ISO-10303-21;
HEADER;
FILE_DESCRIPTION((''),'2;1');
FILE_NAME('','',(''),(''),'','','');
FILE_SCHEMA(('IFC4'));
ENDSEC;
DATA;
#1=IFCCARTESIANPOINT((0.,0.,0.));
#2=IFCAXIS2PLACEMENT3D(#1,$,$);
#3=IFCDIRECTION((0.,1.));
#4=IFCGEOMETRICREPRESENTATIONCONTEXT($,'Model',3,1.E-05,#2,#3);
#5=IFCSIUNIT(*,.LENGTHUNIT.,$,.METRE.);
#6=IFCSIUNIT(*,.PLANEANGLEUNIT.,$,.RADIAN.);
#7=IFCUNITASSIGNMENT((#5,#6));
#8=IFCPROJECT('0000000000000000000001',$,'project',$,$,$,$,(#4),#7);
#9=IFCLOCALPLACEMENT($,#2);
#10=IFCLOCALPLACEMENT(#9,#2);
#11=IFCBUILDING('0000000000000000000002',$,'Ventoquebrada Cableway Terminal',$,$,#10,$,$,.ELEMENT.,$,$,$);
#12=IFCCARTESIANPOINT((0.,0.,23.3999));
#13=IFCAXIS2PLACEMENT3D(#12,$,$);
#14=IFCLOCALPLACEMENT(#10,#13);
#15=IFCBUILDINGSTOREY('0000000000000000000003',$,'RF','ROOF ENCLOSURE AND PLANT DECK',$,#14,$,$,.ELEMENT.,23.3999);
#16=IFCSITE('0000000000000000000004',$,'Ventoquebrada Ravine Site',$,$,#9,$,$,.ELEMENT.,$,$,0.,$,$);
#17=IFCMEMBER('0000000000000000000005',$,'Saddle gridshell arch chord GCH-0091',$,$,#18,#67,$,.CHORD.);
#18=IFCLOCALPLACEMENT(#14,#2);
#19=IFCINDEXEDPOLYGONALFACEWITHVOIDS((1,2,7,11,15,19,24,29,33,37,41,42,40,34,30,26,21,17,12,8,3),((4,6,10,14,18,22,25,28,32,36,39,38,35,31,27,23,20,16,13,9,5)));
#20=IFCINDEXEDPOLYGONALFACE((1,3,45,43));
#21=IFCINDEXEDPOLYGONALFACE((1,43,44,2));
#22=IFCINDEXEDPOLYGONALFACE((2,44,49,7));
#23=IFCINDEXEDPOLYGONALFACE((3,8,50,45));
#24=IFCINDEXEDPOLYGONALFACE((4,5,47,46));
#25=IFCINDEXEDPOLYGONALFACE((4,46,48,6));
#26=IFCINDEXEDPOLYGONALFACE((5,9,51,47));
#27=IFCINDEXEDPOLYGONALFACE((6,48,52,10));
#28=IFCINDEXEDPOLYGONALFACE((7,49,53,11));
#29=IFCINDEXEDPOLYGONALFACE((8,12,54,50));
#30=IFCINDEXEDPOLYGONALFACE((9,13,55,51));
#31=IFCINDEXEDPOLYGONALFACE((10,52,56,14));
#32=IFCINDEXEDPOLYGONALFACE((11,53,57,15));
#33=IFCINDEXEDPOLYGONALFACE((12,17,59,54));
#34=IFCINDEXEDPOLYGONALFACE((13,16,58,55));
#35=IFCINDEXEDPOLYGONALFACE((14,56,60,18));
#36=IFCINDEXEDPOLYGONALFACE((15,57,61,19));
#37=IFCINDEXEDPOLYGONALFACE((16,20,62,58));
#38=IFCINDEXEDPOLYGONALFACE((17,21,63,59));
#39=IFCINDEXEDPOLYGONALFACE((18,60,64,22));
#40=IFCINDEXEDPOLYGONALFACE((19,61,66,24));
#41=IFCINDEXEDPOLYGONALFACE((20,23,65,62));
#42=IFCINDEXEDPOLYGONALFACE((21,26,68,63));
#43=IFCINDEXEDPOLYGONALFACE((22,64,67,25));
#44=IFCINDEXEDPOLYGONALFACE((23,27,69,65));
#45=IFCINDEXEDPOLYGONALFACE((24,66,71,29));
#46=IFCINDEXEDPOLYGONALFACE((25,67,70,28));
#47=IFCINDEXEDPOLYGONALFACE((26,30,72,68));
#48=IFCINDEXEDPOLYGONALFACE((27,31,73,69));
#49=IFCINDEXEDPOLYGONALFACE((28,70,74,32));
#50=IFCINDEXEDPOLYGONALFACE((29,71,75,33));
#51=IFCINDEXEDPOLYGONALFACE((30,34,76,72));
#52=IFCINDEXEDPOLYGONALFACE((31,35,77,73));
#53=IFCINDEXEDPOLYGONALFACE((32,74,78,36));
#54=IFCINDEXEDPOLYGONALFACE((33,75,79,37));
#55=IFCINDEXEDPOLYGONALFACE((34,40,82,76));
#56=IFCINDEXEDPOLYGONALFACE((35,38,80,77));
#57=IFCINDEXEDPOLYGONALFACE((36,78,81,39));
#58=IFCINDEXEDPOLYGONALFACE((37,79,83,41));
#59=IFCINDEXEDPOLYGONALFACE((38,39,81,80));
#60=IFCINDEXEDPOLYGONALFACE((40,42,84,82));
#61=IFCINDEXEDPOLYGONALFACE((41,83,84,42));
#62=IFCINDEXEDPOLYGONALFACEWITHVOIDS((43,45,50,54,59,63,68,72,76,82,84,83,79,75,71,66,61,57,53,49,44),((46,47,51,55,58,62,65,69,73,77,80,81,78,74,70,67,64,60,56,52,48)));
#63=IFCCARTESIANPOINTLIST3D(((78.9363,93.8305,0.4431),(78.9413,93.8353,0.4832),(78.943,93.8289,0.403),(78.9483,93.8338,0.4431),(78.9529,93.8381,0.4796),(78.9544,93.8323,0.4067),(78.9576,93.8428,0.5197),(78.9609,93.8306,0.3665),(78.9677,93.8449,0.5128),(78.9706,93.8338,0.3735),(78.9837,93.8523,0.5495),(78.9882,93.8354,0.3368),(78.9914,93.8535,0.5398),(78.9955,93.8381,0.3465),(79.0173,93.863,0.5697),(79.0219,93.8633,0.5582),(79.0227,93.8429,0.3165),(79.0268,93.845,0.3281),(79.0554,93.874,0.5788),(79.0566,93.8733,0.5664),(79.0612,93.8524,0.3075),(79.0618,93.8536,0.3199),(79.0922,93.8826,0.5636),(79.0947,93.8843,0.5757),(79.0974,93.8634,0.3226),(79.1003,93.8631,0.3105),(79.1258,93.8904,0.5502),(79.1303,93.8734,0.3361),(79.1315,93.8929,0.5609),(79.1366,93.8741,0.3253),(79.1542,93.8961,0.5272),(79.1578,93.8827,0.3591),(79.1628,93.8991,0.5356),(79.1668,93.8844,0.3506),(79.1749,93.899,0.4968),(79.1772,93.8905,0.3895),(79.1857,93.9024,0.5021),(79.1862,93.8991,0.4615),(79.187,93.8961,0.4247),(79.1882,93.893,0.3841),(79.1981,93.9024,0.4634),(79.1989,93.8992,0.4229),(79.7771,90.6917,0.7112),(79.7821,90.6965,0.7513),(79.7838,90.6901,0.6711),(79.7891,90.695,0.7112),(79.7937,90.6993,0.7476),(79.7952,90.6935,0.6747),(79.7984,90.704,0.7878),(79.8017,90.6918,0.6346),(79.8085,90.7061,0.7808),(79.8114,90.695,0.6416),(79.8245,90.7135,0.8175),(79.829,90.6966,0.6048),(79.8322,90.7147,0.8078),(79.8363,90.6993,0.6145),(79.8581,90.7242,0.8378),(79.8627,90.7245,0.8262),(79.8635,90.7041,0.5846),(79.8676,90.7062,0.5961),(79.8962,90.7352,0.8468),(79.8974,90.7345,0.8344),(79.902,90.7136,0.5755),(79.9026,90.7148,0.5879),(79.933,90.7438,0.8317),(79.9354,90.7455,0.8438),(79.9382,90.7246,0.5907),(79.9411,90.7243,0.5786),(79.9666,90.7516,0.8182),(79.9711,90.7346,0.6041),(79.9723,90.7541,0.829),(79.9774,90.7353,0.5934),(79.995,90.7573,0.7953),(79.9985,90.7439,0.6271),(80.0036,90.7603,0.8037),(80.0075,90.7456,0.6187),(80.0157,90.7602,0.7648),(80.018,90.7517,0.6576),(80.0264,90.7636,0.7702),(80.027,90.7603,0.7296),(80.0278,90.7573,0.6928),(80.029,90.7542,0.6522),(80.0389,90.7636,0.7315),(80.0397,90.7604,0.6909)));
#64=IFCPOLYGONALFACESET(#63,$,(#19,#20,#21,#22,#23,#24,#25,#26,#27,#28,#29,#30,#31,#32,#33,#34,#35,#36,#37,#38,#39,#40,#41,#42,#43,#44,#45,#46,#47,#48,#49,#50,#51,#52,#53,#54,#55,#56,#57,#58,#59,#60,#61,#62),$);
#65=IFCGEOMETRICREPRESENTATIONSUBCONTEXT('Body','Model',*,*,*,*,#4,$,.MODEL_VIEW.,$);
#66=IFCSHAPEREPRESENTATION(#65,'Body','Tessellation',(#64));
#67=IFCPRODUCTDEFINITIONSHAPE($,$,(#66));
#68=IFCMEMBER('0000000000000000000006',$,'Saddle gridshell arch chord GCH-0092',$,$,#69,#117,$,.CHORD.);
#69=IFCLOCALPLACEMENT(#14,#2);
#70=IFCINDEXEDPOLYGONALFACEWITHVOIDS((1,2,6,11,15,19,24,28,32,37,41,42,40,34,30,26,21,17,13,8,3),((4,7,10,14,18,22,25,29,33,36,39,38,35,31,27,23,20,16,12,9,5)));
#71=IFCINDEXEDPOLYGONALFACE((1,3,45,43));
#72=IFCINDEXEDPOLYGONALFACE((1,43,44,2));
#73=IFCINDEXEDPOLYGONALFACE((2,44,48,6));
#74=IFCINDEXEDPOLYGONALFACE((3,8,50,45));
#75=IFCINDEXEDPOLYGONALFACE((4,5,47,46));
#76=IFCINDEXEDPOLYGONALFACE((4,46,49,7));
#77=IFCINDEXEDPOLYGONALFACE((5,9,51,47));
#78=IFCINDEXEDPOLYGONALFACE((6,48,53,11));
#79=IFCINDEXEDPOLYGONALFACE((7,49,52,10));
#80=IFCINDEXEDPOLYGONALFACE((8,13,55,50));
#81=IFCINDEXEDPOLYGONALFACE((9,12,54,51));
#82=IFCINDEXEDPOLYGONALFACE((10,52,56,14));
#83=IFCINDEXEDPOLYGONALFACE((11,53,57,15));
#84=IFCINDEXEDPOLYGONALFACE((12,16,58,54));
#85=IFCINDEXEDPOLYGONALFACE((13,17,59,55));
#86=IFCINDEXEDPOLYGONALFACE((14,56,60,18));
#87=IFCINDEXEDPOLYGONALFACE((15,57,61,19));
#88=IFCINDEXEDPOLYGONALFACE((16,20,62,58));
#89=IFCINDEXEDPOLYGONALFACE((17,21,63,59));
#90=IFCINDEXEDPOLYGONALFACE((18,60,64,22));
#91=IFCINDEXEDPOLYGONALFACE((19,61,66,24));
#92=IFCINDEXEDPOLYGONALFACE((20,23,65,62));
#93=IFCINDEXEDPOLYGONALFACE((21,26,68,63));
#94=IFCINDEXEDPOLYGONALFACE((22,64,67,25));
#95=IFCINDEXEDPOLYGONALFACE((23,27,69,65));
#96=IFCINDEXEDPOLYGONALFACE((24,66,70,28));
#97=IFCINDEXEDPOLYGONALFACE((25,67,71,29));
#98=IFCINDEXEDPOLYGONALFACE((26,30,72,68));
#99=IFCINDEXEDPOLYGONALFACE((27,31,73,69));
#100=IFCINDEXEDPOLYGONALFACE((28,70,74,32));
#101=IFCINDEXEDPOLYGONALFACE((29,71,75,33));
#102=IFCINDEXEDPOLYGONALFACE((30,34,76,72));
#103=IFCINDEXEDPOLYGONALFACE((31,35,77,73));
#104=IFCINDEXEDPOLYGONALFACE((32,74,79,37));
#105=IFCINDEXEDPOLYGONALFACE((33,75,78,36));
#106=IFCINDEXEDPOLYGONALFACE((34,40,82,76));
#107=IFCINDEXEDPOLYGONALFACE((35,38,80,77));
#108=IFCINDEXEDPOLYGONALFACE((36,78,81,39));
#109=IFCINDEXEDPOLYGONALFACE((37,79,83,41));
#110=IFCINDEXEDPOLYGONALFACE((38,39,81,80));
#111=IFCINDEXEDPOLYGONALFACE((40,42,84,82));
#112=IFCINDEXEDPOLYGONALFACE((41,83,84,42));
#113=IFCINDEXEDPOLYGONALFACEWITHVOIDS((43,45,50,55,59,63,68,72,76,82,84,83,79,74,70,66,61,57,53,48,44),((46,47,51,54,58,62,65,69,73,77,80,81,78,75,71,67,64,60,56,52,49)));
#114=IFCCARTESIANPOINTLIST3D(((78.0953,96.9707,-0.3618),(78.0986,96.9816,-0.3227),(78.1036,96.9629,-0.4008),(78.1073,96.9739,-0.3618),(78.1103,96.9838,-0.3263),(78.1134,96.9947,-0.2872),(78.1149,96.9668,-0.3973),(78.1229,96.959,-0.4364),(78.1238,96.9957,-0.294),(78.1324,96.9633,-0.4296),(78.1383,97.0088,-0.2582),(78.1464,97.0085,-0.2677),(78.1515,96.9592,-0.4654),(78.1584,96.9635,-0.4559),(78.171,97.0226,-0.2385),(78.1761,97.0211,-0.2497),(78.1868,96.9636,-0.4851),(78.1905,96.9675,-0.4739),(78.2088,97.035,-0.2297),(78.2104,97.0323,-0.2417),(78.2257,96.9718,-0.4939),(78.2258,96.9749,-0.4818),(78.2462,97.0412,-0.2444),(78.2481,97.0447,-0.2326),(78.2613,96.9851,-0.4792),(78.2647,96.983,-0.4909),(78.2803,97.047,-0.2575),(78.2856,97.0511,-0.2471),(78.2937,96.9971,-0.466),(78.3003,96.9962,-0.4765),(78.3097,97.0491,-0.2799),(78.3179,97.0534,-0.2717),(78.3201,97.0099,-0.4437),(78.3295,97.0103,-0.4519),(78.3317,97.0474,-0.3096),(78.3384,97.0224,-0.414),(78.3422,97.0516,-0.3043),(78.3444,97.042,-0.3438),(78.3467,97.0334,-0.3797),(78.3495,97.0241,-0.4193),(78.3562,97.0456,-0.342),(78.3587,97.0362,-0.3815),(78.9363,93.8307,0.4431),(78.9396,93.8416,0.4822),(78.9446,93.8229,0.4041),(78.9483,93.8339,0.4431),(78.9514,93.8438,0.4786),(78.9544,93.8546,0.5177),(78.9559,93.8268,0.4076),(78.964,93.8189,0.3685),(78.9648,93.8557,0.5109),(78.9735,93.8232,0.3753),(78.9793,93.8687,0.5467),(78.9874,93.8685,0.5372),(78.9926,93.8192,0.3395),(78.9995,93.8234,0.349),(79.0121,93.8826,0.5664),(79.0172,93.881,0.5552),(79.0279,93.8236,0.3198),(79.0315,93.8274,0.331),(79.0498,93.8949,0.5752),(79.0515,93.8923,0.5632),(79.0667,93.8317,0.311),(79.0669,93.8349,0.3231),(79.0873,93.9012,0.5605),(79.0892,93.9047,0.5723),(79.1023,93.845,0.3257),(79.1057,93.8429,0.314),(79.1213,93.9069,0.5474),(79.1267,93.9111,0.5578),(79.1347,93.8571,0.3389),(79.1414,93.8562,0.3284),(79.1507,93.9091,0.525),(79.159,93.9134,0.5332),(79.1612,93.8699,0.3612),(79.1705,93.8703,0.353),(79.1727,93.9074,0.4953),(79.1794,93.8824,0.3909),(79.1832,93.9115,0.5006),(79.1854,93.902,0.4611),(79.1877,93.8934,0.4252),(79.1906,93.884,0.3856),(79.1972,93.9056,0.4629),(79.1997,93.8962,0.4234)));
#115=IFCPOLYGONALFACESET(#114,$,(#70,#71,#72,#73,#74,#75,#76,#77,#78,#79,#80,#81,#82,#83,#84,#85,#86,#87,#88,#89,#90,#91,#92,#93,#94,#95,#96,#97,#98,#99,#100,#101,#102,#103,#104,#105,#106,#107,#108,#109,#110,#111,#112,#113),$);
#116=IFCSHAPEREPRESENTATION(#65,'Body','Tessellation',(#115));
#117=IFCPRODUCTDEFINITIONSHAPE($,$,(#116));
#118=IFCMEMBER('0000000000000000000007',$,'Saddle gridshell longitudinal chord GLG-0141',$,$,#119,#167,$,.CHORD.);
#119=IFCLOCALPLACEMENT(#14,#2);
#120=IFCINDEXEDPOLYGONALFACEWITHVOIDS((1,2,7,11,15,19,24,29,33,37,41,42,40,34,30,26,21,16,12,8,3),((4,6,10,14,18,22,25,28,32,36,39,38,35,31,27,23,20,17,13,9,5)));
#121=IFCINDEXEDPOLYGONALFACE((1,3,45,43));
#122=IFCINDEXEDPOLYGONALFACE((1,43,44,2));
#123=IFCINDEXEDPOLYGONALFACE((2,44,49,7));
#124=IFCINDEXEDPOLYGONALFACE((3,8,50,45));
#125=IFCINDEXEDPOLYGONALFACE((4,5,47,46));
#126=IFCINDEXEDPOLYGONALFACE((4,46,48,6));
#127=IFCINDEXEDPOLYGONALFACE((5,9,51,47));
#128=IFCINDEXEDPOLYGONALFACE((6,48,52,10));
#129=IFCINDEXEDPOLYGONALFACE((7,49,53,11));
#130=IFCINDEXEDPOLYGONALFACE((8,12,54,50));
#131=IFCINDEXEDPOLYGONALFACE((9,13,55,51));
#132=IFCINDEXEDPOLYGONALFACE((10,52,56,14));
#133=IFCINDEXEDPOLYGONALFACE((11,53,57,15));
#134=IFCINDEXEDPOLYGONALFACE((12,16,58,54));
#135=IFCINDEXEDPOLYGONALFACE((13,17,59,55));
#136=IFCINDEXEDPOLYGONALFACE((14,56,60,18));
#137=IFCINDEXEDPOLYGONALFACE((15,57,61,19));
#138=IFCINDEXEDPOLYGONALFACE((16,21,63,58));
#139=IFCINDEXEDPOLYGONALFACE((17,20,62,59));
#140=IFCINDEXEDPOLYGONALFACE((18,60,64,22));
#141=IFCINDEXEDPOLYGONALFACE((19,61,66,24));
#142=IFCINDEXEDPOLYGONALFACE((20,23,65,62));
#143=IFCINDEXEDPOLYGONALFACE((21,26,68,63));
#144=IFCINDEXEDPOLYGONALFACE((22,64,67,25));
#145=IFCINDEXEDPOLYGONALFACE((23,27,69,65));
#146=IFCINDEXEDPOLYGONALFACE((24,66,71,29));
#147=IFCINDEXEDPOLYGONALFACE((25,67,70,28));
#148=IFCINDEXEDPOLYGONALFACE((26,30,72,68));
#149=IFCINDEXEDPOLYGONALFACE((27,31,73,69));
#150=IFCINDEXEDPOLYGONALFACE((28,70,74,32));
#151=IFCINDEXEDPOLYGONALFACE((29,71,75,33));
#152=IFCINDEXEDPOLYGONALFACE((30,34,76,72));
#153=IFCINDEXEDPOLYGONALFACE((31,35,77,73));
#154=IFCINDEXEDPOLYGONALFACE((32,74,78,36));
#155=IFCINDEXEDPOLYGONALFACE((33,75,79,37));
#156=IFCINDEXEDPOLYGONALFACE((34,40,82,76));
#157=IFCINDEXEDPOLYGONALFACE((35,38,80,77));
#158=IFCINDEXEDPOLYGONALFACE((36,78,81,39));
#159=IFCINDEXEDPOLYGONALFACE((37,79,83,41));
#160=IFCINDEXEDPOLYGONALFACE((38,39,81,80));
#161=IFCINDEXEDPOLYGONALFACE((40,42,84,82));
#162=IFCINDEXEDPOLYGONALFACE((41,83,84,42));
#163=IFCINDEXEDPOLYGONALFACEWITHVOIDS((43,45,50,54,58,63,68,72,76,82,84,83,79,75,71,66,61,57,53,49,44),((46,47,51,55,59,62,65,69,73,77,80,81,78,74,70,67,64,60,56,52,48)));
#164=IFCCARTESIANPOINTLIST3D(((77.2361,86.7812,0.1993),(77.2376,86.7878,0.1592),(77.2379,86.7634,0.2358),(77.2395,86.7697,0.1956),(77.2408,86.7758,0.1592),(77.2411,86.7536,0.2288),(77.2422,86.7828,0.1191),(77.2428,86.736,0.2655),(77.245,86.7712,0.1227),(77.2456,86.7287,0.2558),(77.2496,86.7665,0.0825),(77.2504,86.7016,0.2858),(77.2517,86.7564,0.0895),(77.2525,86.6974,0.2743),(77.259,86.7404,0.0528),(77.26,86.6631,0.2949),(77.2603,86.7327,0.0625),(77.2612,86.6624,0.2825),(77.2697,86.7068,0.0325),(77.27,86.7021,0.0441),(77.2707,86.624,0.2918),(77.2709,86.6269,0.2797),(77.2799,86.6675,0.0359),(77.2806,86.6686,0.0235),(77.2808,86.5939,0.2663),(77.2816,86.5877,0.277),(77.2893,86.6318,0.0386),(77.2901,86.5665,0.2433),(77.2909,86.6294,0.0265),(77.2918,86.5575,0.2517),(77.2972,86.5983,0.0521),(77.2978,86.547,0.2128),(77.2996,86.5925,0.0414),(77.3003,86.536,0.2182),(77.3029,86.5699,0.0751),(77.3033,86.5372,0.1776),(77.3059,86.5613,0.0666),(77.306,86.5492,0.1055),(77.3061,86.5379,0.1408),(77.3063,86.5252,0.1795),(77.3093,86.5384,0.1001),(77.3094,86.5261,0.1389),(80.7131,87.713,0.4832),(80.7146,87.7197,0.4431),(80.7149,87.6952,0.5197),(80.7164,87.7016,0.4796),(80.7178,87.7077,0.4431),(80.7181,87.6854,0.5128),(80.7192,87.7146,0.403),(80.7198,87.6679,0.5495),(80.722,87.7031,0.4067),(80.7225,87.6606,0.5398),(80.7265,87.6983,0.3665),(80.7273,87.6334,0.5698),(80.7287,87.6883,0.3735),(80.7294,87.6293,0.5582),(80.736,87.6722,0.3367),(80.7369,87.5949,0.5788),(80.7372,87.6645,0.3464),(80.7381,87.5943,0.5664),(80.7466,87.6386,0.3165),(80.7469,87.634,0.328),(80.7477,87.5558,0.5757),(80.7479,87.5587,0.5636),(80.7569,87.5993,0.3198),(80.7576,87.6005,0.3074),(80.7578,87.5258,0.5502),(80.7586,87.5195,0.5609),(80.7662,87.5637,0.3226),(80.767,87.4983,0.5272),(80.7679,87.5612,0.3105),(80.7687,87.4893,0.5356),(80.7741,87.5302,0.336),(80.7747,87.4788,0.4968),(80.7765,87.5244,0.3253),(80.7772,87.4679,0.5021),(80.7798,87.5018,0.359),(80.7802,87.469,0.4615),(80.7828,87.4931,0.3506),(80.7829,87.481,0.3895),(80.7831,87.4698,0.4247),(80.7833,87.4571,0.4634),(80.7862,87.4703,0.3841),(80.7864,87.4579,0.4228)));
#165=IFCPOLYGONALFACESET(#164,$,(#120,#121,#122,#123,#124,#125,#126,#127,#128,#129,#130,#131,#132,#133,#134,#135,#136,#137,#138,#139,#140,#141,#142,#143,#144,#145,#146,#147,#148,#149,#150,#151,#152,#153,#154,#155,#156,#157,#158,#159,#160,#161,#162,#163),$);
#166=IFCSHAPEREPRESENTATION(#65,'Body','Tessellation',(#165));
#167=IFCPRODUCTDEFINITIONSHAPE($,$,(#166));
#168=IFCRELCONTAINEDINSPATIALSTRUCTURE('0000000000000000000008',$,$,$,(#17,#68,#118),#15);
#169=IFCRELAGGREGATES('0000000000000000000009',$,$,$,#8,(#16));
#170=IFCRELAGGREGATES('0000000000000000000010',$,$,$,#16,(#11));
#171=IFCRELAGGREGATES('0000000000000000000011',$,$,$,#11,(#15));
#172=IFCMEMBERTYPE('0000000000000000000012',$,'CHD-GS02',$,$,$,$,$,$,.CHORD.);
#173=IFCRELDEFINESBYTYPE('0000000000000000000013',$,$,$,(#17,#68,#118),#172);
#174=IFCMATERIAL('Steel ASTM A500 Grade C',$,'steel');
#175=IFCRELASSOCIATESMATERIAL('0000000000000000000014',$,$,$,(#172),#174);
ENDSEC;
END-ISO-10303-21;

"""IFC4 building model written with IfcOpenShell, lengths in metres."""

from ifc_helpers import new_model, si_unit, direction, frame, origin, origin_2d, place, context, subcontext, project, spatial, hollow_circle, extrude, material, material_profile, profile_set, type_object, element, save


model = new_model("IFC4")

# Units and contexts
model_context = context("Model", 3, precision=1e-05, world=origin(), true_north=direction((0.0, 1.0)))
body_context = subcontext(model_context, "Body", "Model", "MODEL_VIEW")
ifc_project = project(units=[si_unit("LENGTHUNIT", "METRE"), si_unit("PLANEANGLEUNIT", "RADIAN")], contexts=[model_context])

# Site, building, storey
site_placement = place(None, origin())
site = spatial("IfcSite", under=ifc_project, at=site_placement, Name="Ventoquebrada Ravine Site", CompositionType="ELEMENT", RefElevation=0.0)
building_placement = place(site_placement, origin())
building = spatial("IfcBuilding", under=site, at=building_placement, Name="Ventoquebrada Cableway Terminal", CompositionType="ELEMENT")
storey_placement = place(building_placement, frame((0.0, 0.0, 23.3999)))
storey = spatial("IfcBuildingStorey", under=building, at=storey_placement, Name="RF", Description="ROOF ENCLOSURE AND PLANT DECK", CompositionType="ELEMENT", Elevation=23.3999)

# Members
ifc_material_1 = material(Name="Steel ASTM A500 Grade C", Category="steel")
ifc_material_profile_1 = material_profile(ifc_material_1, hollow_circle(Radius=0.1365, WallThickness=0.0125, at=origin_2d()), Name="CHS273.0X12.5")
ifc_profile_set_1 = profile_set([ifc_material_profile_1], Name="Steel ASTM A500 Grade C")
member_type_1 = type_object("IfcMemberType", Name="CHD-GS02", PredefinedType="CHORD", material=ifc_profile_set_1)
member_1_placement = place(storey_placement, frame((79.9089, 90.7271, 0.7112), z_axis=(-0.257871, 0.962675, -0.082213), x_axis=(-0.965945, -0.258747, 0.0)))
element("IfcMember", 1, at=member_1_placement, inside=storey, type_object=member_type_1, Name="Saddle gridshell arch chord GCH-0091", PredefinedType="CHORD", context=body_context, shape_type="SweptSolid", body=[
    extrude(hollow_circle(Radius=0.1365, WallThickness=0.0125, at=origin_2d()), origin(), (0.0, 0.0, 1.0), 3.2605),
])
member_2_placement = place(storey_placement, frame((79.0681, 93.866, 0.4431), z_axis=(-0.251139, 0.937636, -0.24035), x_axis=(-0.965951, -0.258724, 0.0)))
element("IfcMember", 2, at=member_2_placement, inside=storey, type_object=member_type_1, Name="Saddle gridshell arch chord GCH-0092", PredefinedType="CHORD", context=body_context, shape_type="SweptSolid", body=[
    extrude(hollow_circle(Radius=0.1365, WallThickness=0.0125, at=origin_2d()), origin(), (0.0, 0.0, 1.0), 3.3489),
])
member_3_placement = place(storey_placement, frame((77.2729, 86.656, 0.1592), z_axis=(0.96292, 0.258072, 0.078632), x_axis=(-0.258874, 0.965911, 0.0)))
element("IfcMember", 3, at=member_3_placement, inside=storey, type_object=member_type_1, Name="Saddle gridshell longitudinal chord GLG-0141", PredefinedType="CHORD", context=body_context, shape_type="SweptSolid", body=[
    extrude(hollow_circle(Radius=0.1365, WallThickness=0.0125, at=origin_2d()), origin(), (0.0, 0.0, 1.0), 3.6108),
])

save(model, "model.ifc")
